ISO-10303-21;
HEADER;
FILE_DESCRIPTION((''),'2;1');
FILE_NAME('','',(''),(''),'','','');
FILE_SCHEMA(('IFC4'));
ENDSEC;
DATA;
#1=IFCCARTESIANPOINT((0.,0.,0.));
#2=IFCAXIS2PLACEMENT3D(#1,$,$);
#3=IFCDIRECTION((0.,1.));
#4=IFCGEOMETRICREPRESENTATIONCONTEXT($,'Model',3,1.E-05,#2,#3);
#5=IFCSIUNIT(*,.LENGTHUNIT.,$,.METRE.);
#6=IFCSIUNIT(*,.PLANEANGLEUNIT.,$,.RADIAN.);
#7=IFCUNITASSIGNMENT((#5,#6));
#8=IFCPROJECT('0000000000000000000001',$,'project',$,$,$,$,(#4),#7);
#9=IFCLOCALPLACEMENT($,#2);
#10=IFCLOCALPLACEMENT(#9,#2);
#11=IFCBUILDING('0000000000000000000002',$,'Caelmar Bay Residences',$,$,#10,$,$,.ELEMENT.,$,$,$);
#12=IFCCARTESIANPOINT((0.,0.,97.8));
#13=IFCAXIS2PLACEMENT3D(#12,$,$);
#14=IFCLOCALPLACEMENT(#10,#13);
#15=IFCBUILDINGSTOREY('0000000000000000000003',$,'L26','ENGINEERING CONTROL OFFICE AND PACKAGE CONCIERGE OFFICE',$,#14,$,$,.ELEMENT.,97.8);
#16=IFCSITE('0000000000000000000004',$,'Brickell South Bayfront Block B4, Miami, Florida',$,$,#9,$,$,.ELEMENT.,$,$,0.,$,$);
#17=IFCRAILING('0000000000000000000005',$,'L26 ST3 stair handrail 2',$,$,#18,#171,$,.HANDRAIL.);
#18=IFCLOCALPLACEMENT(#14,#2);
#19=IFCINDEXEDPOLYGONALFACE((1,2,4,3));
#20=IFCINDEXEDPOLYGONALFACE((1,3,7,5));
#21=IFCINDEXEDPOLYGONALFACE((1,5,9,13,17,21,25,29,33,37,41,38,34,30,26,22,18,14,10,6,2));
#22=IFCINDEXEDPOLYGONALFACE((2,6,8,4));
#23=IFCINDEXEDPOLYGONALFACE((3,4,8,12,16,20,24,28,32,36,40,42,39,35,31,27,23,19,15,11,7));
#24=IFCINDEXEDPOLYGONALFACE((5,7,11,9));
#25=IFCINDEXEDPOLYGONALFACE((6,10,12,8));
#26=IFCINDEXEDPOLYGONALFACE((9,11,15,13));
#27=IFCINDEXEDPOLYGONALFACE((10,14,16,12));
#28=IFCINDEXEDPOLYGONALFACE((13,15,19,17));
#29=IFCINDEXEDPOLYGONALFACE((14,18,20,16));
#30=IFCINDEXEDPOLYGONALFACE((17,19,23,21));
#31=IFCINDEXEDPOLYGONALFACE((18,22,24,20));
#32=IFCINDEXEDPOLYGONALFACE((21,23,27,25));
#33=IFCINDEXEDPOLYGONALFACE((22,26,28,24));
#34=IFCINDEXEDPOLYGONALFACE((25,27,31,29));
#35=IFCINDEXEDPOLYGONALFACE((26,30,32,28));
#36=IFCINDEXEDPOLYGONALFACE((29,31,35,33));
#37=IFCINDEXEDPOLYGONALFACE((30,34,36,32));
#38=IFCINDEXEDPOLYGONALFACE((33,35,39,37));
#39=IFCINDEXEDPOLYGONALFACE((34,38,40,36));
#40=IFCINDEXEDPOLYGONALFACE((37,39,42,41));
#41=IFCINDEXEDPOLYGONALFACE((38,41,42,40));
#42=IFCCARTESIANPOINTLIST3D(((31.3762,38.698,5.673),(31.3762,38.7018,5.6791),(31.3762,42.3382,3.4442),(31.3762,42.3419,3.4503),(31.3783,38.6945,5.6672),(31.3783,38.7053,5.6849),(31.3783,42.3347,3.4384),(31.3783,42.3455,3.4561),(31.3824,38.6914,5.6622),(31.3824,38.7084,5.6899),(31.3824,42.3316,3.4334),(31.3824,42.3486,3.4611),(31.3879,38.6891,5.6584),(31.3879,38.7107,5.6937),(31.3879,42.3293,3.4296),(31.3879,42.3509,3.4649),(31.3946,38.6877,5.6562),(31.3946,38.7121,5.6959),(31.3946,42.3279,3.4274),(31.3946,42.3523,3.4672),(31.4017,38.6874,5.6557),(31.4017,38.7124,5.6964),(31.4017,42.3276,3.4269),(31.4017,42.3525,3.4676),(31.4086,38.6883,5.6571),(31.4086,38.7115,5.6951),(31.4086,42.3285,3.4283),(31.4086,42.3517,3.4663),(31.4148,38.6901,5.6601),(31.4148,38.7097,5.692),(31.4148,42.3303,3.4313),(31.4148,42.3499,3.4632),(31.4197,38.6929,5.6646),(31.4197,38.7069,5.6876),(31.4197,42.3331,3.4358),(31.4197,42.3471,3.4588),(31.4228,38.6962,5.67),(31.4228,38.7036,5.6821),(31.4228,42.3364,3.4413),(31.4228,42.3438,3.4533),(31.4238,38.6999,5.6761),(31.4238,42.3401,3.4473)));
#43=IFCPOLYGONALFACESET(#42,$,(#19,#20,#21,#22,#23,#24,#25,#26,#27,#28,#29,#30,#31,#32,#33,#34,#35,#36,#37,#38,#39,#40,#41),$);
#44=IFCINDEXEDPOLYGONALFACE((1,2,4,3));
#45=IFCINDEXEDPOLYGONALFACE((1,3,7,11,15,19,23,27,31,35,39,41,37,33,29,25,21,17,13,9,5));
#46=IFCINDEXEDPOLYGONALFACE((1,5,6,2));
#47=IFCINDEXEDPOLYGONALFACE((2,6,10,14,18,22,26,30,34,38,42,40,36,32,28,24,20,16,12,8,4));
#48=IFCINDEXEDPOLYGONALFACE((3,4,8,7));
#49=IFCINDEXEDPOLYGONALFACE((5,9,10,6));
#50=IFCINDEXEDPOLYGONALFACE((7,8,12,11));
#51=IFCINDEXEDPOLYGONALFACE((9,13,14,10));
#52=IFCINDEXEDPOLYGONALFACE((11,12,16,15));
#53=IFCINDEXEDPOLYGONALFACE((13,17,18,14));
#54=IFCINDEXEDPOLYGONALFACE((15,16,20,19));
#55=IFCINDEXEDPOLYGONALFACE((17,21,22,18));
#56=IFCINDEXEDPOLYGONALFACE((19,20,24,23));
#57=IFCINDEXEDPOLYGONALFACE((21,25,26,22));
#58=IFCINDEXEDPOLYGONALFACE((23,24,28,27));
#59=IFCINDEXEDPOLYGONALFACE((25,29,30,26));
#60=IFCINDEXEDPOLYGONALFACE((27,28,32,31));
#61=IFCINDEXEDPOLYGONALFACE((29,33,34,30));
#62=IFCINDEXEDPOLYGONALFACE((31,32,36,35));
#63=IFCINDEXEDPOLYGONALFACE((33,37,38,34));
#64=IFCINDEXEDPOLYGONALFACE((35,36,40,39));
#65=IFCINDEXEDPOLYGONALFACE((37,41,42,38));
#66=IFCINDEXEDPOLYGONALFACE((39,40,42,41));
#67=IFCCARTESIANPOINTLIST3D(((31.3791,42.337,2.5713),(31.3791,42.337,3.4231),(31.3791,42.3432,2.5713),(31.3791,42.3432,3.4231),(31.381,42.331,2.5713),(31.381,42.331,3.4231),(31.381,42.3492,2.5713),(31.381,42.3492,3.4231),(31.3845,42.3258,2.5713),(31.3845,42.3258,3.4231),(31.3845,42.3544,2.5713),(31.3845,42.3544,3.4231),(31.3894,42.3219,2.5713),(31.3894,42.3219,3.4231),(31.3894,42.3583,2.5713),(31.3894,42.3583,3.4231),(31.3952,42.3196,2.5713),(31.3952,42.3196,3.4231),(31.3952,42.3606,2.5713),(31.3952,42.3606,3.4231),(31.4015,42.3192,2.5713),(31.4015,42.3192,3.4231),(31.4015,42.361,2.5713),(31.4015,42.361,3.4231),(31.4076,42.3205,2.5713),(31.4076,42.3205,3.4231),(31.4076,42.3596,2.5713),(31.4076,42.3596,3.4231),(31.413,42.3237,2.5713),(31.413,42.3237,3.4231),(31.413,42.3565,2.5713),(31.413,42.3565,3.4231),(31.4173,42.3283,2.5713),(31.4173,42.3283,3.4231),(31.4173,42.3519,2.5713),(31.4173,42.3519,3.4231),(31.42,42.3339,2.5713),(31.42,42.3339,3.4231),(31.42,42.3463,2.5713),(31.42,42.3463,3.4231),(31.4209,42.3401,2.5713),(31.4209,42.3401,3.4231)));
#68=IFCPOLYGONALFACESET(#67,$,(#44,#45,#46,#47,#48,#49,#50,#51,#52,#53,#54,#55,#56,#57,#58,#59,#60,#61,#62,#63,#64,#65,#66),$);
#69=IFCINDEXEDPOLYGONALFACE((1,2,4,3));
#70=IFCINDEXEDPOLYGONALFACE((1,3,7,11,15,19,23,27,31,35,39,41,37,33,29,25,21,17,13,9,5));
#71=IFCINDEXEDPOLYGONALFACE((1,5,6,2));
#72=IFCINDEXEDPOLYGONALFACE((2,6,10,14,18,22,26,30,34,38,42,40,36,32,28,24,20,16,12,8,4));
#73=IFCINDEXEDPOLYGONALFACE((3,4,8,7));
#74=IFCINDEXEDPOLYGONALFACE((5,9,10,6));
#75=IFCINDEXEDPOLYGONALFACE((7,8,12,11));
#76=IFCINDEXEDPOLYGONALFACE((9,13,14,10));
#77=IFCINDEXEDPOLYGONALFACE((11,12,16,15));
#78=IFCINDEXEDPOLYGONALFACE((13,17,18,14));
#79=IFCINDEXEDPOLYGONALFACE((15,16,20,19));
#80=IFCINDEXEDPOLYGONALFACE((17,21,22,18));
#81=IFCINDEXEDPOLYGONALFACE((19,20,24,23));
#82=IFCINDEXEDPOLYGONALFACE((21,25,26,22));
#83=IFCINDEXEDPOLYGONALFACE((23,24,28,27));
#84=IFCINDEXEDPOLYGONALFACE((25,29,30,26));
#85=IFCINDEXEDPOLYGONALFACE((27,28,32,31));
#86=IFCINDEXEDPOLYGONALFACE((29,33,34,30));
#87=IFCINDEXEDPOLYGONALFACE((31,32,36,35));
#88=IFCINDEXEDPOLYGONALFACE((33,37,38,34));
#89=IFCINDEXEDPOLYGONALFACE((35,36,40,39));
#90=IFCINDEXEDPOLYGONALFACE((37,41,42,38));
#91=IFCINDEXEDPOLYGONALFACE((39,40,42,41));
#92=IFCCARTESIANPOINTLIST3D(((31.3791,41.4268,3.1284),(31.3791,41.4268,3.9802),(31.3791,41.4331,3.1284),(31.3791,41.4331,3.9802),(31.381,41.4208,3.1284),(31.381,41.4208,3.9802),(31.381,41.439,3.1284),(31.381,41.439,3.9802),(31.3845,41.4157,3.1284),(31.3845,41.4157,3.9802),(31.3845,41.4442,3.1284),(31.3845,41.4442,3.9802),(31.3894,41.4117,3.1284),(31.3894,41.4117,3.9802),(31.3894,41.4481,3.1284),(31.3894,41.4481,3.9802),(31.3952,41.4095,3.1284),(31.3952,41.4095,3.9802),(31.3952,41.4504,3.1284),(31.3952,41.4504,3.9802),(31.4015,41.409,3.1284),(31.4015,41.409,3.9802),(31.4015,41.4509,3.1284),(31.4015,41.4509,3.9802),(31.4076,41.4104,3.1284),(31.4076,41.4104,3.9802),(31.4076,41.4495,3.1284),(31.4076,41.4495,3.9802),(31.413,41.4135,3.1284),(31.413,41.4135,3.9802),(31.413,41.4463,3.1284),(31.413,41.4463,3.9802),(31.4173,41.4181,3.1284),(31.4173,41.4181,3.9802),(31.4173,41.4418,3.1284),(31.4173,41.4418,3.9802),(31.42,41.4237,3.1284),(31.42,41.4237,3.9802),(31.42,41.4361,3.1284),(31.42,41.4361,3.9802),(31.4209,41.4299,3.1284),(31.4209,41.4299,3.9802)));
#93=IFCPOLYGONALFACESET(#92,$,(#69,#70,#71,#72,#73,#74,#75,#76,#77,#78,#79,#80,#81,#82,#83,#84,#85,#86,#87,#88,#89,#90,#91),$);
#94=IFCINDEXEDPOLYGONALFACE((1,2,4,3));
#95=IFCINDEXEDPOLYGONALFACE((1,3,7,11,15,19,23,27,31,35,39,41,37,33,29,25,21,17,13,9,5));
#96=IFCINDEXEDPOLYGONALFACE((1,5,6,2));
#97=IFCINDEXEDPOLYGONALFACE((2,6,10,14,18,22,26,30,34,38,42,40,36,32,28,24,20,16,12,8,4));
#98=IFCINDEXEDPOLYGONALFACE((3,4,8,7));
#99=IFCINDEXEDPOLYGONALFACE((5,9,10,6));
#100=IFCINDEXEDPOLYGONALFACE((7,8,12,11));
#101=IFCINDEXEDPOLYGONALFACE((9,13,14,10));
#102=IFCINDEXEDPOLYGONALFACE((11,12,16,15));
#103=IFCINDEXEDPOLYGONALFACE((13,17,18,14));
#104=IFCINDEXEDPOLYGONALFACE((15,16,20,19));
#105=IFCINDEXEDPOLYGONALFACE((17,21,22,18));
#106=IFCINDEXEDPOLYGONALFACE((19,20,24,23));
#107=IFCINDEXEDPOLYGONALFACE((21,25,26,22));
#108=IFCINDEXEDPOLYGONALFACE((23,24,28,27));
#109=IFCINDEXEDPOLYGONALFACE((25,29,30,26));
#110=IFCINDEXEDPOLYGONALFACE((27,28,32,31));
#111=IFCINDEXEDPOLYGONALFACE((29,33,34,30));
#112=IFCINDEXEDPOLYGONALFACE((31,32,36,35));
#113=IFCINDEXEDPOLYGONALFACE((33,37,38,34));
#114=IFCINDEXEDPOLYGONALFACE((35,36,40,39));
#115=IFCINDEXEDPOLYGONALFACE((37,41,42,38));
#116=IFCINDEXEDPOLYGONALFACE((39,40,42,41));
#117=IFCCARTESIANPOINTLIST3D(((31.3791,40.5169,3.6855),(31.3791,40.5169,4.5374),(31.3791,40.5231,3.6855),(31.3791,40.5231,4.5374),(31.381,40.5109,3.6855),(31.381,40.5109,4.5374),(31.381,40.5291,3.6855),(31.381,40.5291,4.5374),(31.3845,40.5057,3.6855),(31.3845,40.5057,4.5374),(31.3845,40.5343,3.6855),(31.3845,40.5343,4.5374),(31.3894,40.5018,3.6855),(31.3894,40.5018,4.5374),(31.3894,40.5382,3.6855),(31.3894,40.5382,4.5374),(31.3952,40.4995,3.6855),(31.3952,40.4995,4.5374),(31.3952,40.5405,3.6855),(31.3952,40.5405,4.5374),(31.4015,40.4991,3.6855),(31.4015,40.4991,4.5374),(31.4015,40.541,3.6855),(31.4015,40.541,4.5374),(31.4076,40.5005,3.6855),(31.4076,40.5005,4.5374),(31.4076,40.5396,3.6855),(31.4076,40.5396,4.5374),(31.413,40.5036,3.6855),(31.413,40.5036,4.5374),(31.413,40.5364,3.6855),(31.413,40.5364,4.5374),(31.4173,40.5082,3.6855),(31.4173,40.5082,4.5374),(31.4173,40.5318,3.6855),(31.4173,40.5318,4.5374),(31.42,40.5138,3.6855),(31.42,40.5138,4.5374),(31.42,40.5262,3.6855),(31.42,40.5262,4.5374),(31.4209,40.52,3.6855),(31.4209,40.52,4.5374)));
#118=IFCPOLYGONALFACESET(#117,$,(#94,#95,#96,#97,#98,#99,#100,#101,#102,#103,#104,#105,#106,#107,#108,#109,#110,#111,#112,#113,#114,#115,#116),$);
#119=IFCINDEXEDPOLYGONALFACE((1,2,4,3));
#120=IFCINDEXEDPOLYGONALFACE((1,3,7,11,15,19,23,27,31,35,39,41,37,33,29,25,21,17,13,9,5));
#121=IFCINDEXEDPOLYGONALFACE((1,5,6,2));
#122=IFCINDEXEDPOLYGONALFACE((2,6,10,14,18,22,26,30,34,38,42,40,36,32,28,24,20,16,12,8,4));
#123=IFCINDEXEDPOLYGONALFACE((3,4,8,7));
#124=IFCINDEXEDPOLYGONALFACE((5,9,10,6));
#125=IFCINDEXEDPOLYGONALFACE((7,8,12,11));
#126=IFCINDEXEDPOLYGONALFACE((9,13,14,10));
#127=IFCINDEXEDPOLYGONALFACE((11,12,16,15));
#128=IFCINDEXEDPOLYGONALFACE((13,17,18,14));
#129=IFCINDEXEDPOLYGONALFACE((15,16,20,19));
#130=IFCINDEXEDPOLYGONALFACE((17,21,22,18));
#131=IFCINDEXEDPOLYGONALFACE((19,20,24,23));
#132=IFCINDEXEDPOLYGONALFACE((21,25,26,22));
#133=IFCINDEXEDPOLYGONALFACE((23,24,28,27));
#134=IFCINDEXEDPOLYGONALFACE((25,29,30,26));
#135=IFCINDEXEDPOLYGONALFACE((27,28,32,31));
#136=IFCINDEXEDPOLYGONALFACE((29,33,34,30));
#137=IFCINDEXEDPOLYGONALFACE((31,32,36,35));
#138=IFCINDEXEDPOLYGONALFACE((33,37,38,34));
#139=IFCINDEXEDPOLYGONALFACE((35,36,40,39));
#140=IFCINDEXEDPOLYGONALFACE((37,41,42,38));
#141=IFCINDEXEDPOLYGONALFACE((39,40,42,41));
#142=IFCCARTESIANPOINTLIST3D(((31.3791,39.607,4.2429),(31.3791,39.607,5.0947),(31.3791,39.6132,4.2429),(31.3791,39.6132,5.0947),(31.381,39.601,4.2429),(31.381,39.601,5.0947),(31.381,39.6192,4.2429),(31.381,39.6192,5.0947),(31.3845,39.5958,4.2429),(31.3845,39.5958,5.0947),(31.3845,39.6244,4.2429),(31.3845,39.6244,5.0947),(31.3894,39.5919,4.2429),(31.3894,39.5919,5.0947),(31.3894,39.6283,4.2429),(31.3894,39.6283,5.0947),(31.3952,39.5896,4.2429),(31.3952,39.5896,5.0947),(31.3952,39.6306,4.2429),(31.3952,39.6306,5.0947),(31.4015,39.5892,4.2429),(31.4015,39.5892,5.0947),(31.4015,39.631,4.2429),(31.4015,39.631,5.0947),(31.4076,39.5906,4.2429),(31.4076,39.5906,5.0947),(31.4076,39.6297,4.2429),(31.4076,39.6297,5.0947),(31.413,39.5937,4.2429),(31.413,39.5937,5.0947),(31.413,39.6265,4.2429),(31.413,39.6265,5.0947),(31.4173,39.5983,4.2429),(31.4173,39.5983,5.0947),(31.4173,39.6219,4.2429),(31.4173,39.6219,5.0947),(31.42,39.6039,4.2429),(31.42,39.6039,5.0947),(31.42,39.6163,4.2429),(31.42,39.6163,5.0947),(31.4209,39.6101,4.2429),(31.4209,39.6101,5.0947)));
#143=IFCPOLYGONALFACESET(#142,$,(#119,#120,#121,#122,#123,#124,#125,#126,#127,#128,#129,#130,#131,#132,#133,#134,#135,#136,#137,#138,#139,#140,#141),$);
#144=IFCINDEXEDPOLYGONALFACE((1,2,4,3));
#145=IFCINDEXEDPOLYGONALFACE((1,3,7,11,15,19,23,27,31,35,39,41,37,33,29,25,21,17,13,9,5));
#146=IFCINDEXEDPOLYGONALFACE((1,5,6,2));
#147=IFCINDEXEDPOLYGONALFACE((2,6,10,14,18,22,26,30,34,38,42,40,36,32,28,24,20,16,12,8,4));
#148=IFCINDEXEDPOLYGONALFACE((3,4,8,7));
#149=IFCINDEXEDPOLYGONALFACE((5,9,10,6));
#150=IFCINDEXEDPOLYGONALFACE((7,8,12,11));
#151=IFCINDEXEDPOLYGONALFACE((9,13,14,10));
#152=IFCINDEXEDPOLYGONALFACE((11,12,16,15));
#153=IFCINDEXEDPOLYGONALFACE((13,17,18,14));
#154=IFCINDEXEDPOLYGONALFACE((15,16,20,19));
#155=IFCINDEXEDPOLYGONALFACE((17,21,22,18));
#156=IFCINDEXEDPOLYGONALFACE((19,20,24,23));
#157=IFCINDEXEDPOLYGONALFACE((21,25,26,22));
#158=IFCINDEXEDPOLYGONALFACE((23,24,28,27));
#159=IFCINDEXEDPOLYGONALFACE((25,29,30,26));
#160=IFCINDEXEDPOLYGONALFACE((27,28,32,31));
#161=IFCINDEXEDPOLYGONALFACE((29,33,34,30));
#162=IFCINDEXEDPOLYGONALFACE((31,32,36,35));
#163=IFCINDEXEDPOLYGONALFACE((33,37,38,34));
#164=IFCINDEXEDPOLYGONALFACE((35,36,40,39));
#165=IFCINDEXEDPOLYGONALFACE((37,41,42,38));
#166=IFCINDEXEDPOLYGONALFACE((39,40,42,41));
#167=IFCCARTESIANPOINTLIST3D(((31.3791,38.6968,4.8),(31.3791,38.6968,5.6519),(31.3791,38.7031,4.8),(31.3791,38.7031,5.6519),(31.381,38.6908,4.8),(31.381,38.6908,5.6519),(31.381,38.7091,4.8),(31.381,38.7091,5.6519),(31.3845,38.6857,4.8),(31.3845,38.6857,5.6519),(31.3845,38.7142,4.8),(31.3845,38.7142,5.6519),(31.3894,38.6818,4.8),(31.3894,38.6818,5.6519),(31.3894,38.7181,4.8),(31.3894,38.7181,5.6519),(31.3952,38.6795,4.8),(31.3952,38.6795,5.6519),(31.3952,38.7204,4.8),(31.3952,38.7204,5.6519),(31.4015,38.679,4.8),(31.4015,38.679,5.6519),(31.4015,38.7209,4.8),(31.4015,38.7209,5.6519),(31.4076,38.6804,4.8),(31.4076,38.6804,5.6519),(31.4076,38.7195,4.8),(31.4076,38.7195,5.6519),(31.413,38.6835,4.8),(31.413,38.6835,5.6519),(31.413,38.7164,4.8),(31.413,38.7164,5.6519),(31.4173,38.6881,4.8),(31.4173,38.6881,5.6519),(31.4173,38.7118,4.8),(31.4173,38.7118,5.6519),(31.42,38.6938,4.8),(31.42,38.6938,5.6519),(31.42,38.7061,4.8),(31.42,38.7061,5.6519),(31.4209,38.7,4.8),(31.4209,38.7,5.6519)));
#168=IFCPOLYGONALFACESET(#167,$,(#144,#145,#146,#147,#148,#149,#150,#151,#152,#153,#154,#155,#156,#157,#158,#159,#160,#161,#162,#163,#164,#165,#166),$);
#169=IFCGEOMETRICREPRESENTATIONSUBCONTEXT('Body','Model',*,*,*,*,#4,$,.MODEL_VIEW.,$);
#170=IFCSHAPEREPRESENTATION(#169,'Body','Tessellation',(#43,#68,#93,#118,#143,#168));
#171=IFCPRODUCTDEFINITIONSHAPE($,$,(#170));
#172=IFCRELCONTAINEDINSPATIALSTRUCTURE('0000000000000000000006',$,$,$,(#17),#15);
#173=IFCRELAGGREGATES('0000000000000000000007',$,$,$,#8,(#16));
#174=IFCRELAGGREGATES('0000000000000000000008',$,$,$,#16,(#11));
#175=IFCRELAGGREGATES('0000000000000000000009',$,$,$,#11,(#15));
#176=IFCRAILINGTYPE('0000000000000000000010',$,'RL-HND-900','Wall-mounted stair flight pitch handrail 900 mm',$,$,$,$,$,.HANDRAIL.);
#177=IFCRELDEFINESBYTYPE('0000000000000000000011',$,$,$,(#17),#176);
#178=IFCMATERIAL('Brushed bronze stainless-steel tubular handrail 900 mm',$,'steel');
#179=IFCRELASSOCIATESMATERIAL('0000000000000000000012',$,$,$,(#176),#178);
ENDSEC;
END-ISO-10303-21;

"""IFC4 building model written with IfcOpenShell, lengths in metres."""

from ifc_helpers import new_model, si_unit, direction, frame, origin, origin_2d, place, context, subcontext, project, spatial, circle, extrude, material, type_object, element, save


model = new_model("IFC4")

# Units and contexts
model_context = context("Model", 3, precision=1e-05, world=origin(), true_north=direction((0.0, 1.0)))
body_context = subcontext(model_context, "Body", "Model", "MODEL_VIEW")
ifc_project = project(units=[si_unit("LENGTHUNIT", "METRE"), si_unit("PLANEANGLEUNIT", "RADIAN")], contexts=[model_context])

# Site, building, storey
site_placement = place(None, origin())
site = spatial("IfcSite", under=ifc_project, at=site_placement, Name="Brickell South Bayfront Block B4, Miami, Florida", CompositionType="ELEMENT", RefElevation=0.0)
building_placement = place(site_placement, origin())
building = spatial("IfcBuilding", under=site, at=building_placement, Name="Caelmar Bay Residences", CompositionType="ELEMENT")
storey_placement = place(building_placement, frame((0.0, 0.0, 97.8)))
storey = spatial("IfcBuildingStorey", under=building, at=storey_placement, Name="L26", Description="ENGINEERING CONTROL OFFICE AND PACKAGE CONCIERGE OFFICE", CompositionType="ELEMENT", Elevation=97.8)

# Railing
ifc_material_1 = material(Name="Brushed bronze stainless-steel tubular handrail 900 mm", Category="steel")
railing_type_1 = type_object("IfcRailingType", Name="RL-HND-900", Description="Wall-mounted stair flight pitch handrail 900 mm", PredefinedType="HANDRAIL", material=ifc_material_1)
railing_1_placement = place(storey_placement, frame((31.3999, 42.3401, 2.5713)))
element("IfcRailing", 1, at=railing_1_placement, inside=storey, type_object=railing_type_1, Name="L26 ST3 stair handrail 2", PredefinedType="HANDRAIL", context=body_context, shape_type="SweptSolid", body=[
    extrude(circle(Radius=0.0239, at=origin_2d()), frame((0.0, 0.0, 0.876), z_axis=(0.0, -0.85284, 0.522172), x_axis=(1.0, 0.0, 0.0)), (0.0, 0.0, 1.0), 4.2683),
    extrude(circle(Radius=0.021, at=origin_2d()), origin(), (0.0, 0.0, 1.0), 0.8518),
    extrude(circle(Radius=0.021, at=origin_2d()), frame((0.0, -0.9102, 0.5571)), (0.0, 0.0, 1.0), 0.8518),
    extrude(circle(Radius=0.021, at=origin_2d()), frame((0.0, -1.8201, 1.1143)), (0.0, 0.0, 1.0), 0.8518),
    extrude(circle(Radius=0.021, at=origin_2d()), frame((0.0, -2.73, 1.6716)), (0.0, 0.0, 1.0), 0.8518),
    extrude(circle(Radius=0.021, at=origin_2d()), frame((0.0, -3.6401, 2.2288)), (0.0, 0.0, 1.0), 0.8518),
])

save(model, "model.ifc")
